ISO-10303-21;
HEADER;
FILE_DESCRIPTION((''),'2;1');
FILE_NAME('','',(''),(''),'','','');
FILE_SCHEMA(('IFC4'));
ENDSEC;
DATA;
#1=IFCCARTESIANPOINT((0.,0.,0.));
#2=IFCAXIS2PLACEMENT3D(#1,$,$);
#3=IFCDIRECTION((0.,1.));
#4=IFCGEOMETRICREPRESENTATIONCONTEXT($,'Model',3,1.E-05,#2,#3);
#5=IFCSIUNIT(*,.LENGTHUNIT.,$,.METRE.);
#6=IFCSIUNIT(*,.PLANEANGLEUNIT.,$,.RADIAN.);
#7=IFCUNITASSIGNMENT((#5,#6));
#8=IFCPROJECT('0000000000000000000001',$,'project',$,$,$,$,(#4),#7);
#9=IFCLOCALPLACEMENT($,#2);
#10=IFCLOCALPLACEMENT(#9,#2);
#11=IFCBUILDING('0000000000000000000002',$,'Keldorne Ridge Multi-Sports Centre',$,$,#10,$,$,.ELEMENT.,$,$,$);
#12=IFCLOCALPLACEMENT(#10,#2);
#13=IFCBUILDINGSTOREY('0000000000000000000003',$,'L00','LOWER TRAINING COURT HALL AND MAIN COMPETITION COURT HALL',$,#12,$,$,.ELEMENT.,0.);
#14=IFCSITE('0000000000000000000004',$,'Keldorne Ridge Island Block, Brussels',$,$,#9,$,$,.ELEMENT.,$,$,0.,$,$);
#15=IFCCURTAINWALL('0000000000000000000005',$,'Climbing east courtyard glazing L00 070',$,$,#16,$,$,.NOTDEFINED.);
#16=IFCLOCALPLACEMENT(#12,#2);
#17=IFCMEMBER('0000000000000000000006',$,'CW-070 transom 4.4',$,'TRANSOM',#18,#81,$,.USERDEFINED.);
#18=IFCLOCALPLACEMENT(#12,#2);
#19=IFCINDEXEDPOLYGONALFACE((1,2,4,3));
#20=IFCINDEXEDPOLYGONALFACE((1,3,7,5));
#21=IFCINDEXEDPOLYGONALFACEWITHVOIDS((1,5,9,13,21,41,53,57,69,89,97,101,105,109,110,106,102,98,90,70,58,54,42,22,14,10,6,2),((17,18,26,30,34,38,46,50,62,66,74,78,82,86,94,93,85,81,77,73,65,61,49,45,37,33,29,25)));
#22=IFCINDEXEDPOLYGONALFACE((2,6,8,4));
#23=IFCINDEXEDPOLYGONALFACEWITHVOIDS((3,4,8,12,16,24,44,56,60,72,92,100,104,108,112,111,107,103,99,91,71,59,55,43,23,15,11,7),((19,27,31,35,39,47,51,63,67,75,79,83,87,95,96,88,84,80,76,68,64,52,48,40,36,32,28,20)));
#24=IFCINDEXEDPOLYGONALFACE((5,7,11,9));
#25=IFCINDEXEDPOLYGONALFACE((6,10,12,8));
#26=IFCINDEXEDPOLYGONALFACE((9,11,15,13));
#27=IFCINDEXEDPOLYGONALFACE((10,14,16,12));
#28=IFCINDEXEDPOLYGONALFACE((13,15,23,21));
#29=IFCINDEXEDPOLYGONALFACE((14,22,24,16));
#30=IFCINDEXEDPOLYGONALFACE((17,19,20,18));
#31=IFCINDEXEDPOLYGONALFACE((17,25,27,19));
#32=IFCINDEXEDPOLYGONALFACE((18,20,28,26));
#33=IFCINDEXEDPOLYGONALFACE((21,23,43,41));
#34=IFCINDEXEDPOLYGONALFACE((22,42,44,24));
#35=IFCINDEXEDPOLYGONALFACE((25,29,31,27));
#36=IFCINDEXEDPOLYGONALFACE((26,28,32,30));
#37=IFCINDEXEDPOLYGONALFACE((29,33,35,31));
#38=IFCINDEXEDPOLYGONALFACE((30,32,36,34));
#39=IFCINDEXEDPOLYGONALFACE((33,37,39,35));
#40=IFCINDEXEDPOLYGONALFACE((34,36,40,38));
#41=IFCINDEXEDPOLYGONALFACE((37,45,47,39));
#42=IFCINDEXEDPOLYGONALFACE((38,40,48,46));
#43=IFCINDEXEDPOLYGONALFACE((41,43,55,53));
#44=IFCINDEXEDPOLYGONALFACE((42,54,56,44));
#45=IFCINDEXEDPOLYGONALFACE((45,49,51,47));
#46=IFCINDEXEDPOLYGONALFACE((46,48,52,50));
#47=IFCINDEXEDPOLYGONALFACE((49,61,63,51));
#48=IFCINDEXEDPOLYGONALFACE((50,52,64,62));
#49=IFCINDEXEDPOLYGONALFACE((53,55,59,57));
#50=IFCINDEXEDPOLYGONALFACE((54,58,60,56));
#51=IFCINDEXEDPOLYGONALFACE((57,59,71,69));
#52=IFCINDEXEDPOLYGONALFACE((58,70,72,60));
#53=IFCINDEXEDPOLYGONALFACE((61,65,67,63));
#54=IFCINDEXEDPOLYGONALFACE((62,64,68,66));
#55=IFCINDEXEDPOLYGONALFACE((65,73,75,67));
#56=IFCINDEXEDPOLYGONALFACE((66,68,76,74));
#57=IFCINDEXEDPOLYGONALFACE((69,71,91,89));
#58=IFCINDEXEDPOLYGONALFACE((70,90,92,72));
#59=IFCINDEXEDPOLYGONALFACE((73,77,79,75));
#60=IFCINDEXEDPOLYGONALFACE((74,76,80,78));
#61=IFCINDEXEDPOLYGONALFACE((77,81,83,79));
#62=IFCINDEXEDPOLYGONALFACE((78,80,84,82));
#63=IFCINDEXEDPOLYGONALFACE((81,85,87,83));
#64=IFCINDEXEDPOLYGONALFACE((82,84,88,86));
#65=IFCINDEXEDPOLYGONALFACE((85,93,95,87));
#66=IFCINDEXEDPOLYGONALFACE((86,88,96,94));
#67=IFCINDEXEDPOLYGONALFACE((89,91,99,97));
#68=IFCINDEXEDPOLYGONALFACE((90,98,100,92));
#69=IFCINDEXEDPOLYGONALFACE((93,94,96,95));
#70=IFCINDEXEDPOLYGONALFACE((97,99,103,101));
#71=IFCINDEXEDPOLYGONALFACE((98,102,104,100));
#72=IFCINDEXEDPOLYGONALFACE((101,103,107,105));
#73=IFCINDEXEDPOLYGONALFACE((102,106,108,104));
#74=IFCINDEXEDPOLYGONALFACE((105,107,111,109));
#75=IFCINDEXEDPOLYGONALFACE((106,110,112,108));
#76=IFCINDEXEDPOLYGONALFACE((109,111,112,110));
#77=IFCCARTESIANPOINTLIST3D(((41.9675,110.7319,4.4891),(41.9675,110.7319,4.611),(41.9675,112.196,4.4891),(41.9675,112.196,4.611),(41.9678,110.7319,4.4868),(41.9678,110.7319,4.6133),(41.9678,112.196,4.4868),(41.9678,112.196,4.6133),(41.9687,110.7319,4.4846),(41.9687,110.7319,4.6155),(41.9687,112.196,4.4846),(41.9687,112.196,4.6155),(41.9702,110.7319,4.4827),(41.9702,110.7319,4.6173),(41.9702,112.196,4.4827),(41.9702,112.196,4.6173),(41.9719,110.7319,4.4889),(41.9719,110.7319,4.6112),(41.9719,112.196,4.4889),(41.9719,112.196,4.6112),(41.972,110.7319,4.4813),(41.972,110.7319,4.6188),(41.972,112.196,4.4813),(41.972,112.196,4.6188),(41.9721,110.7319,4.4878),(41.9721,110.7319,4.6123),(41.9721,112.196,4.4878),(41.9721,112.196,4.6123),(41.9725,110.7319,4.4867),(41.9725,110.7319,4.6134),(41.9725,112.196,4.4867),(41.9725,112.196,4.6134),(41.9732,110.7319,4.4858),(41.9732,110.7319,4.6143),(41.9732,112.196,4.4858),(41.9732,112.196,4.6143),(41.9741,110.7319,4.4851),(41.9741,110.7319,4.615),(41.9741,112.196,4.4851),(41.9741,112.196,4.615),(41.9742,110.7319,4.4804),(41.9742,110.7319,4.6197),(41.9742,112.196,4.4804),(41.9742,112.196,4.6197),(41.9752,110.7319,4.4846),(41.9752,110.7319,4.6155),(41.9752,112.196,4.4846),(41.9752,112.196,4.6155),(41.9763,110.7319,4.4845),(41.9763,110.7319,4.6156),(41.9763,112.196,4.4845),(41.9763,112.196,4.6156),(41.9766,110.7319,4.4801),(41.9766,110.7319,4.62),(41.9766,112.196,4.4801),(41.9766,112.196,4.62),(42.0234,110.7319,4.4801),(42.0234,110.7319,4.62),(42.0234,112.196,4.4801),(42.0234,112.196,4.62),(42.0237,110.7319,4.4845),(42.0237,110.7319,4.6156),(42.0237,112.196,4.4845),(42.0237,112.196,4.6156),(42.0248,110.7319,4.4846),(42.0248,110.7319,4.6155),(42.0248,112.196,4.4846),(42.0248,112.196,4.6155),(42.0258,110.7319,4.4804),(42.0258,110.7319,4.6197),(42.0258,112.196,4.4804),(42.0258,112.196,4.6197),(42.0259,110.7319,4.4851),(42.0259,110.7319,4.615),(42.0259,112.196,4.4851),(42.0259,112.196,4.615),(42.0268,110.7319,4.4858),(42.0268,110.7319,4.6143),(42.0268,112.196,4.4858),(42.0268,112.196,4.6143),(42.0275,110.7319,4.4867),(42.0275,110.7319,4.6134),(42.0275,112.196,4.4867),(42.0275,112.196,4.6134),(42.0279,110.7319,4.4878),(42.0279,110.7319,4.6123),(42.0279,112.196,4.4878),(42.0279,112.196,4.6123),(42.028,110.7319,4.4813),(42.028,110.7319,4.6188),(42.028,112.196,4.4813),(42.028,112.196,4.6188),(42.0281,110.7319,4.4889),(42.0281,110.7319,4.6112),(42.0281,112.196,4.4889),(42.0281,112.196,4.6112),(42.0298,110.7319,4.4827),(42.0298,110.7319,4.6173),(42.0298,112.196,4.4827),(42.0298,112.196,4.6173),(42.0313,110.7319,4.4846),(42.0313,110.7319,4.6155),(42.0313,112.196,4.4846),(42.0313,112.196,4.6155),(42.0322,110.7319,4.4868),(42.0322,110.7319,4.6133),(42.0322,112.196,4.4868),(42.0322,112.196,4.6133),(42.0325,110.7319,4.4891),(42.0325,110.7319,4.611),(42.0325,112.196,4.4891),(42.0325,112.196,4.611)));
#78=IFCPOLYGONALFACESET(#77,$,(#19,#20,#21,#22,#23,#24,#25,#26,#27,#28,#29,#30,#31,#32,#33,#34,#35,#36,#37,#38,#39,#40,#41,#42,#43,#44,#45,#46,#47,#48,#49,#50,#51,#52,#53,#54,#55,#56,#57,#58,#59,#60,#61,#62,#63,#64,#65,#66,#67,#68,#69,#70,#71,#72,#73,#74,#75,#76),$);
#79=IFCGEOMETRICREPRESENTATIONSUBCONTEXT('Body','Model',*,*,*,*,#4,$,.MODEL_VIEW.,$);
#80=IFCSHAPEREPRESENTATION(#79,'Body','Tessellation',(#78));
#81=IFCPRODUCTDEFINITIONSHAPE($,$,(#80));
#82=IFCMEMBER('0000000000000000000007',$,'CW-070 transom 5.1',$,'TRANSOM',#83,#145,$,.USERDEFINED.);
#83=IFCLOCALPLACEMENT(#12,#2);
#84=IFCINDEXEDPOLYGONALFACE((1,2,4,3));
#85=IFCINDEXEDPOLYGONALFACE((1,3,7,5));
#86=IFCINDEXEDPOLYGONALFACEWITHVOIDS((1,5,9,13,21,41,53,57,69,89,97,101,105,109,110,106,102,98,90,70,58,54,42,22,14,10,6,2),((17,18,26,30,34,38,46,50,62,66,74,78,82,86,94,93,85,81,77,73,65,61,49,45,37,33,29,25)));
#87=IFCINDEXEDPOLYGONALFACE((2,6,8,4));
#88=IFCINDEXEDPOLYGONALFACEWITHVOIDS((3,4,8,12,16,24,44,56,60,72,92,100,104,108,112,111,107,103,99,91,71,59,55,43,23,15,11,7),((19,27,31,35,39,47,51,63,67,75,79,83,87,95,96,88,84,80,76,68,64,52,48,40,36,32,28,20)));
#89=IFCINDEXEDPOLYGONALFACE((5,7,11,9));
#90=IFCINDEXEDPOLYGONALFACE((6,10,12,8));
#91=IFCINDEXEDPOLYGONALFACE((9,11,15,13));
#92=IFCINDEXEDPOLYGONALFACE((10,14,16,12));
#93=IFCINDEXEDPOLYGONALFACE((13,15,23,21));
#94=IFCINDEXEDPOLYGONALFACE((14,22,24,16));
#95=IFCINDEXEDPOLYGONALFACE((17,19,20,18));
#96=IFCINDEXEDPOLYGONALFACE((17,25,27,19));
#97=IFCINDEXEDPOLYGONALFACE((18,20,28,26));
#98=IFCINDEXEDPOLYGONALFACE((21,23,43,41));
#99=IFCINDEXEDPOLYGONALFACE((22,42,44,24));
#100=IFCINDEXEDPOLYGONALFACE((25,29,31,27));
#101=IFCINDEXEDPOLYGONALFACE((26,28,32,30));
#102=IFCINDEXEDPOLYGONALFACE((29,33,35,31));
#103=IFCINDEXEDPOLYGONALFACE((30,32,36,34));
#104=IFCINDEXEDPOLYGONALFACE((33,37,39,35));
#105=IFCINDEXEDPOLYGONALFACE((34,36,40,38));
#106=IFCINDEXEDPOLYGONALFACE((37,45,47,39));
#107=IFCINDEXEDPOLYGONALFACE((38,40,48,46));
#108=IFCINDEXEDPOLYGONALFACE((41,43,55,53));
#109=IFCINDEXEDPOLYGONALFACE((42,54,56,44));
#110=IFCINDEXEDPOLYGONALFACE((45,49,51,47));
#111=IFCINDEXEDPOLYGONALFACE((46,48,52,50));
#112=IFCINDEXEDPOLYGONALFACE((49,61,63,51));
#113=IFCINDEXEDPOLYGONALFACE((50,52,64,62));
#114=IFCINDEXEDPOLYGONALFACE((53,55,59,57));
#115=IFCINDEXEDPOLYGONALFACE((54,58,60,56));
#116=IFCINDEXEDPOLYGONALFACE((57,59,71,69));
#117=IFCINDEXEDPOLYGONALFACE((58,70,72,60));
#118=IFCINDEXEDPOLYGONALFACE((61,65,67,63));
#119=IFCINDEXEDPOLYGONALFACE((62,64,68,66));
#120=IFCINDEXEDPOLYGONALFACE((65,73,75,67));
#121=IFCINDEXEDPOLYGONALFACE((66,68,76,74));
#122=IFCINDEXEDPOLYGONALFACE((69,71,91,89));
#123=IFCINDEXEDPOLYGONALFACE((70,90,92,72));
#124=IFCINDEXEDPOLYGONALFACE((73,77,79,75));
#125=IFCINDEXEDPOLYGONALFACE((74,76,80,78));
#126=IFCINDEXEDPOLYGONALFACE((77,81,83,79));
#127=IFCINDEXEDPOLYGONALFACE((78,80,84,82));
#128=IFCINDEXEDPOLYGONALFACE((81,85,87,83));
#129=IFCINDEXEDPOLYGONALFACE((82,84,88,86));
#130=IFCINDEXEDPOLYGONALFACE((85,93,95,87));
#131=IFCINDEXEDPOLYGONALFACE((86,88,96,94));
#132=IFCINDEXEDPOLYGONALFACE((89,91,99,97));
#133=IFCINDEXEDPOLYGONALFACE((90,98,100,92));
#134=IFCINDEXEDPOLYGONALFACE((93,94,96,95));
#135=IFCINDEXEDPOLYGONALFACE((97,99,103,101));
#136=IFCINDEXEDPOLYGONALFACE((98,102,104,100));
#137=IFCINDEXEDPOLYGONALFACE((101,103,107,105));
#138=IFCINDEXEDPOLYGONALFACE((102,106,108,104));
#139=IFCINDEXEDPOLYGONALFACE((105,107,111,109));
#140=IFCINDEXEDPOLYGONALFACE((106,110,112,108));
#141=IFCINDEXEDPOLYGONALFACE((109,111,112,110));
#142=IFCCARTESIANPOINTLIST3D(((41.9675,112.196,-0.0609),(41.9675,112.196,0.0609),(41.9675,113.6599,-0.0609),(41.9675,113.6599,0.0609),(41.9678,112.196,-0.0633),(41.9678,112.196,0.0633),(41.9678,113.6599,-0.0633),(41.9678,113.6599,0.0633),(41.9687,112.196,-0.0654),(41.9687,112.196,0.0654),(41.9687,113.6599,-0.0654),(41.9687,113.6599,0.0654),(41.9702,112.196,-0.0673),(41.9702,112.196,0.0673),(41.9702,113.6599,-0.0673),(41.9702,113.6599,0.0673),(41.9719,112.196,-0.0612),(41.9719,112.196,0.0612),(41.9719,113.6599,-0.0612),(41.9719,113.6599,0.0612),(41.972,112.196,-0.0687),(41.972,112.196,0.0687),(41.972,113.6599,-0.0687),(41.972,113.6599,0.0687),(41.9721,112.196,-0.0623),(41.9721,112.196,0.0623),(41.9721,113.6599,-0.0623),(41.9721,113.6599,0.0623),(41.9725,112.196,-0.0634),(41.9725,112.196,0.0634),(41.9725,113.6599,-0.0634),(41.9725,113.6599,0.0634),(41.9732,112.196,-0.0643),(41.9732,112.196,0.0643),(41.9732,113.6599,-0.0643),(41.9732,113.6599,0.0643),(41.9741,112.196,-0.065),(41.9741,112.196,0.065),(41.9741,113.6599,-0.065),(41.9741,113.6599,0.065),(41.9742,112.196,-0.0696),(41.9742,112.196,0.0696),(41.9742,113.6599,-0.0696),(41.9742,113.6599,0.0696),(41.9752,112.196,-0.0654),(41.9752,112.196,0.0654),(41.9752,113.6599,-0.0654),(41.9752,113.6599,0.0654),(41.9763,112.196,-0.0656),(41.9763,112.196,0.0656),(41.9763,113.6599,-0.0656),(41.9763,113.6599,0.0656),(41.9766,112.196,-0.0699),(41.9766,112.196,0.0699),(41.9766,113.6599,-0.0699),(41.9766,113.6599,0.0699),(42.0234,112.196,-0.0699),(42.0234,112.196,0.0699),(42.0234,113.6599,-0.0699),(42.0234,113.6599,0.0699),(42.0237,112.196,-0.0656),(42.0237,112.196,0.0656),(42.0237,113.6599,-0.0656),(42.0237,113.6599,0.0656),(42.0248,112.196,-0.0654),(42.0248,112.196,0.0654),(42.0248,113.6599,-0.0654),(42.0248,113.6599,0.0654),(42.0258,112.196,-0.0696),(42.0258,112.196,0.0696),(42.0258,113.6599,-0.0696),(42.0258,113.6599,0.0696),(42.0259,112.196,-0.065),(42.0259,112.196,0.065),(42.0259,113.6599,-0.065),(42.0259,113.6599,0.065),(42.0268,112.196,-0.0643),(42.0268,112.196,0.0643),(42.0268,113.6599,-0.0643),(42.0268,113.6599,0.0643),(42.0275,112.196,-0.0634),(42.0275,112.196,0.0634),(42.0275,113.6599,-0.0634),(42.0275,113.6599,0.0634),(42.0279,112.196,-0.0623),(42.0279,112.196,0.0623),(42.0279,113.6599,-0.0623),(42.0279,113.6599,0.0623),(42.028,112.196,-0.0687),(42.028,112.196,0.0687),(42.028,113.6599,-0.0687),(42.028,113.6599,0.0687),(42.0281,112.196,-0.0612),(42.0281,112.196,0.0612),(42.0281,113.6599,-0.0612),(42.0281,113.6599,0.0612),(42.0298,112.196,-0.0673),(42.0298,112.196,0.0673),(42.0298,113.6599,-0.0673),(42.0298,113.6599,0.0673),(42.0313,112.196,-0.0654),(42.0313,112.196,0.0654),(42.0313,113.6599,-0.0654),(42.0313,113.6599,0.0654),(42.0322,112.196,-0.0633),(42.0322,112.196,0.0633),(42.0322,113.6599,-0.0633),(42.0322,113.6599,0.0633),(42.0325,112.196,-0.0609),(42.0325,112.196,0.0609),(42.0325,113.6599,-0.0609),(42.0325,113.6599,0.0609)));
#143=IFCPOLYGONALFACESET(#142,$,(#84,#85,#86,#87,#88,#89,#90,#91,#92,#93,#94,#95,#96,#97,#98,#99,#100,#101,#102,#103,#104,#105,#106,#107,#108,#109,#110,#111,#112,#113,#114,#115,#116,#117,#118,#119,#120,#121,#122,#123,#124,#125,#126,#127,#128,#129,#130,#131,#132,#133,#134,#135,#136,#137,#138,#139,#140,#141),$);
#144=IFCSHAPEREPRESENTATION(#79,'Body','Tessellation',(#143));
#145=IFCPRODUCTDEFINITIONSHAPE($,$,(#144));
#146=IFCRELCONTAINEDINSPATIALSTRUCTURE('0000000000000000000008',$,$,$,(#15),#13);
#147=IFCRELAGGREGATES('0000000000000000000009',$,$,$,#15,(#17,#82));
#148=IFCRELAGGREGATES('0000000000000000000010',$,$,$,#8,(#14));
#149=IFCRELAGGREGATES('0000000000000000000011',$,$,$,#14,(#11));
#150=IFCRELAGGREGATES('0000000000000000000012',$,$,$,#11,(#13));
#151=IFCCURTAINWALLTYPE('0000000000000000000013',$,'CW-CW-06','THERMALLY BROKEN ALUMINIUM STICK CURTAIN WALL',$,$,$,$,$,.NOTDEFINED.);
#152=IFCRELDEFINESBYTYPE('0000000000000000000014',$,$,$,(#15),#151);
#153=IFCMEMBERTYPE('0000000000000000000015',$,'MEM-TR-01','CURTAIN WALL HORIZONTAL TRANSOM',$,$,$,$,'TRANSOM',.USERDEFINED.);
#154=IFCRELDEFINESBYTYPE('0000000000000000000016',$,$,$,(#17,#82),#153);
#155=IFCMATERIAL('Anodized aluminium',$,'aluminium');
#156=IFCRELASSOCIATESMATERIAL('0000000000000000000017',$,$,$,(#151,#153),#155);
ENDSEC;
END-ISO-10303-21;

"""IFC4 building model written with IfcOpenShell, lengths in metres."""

from ifc_helpers import new_model, si_unit, direction, frame, origin, origin_2d, place, context, subcontext, project, spatial, hollow_rectangle, extrude, material, material_profile, profile_set, type_object, element, aggregate, save


model = new_model("IFC4")

# Units and contexts
model_context = context("Model", 3, precision=1e-05, world=origin(), true_north=direction((0.0, 1.0)))
body_context = subcontext(model_context, "Body", "Model", "MODEL_VIEW")
ifc_project = project(units=[si_unit("LENGTHUNIT", "METRE"), si_unit("PLANEANGLEUNIT", "RADIAN")], contexts=[model_context])

# Site, building, storey
site_placement = place(None, origin())
site = spatial("IfcSite", under=ifc_project, at=site_placement, Name="Keldorne Ridge Island Block, Brussels", CompositionType="ELEMENT", RefElevation=0.0)
building_placement = place(site_placement, origin())
building = spatial("IfcBuilding", under=site, at=building_placement, Name="Keldorne Ridge Multi-Sports Centre", CompositionType="ELEMENT")
storey_placement = place(building_placement, origin())
storey = spatial("IfcBuildingStorey", under=building, at=storey_placement, Name="L00", Description="LOWER TRAINING COURT HALL AND MAIN COMPETITION COURT HALL", CompositionType="ELEMENT", Elevation=0.0)

# Curtain wall
ifc_material_1 = material(Name="Anodized aluminium", Category="aluminium")
curtain_wall_type_1 = type_object("IfcCurtainWallType", Name="CW-CW-06", Description="THERMALLY BROKEN ALUMINIUM STICK CURTAIN WALL", PredefinedType="NOTDEFINED", material=ifc_material_1)
curtain_wall_1_placement = place(storey_placement, origin())
curtain_wall_1 = element("IfcCurtainWall", 1, at=curtain_wall_1_placement, inside=storey, type_object=curtain_wall_type_1, Name="Climbing east courtyard glazing L00 070", PredefinedType="NOTDEFINED")

# Members
ifc_material_profile_1 = material_profile(ifc_material_1, hollow_rectangle(XDim=0.0649, YDim=0.1399, WallThickness=0.0044, InnerFilletRadius=0.0044, OuterFilletRadius=0.009, at=origin_2d()), Name="ALU TRANSOM 140x65x4.5")
ifc_profile_set_1 = profile_set([ifc_material_profile_1], Name="Anodized aluminium")
member_type_1 = type_object("IfcMemberType", Name="MEM-TR-01", Description="CURTAIN WALL HORIZONTAL TRANSOM", ElementType="TRANSOM", PredefinedType="USERDEFINED", material=ifc_profile_set_1)
member_1_placement = place(storey_placement, frame((42.0, 110.7319, 4.55), z_axis=(0.0, 1.0, 0.0), x_axis=(-1.0, 0.0, 0.0)))
member_1 = element("IfcMember", 2, at=member_1_placement, type_object=member_type_1, Name="CW-070 transom 4.4", ObjectType="TRANSOM", PredefinedType="USERDEFINED", context=body_context, shape_type="SweptSolid", body=[
    extrude(hollow_rectangle(XDim=0.0649, YDim=0.1399, WallThickness=0.0044, InnerFilletRadius=0.0044, OuterFilletRadius=0.009, at=origin_2d()), origin(), (0.0, 0.0, 1.0), 1.4641),
])
member_2_placement = place(storey_placement, frame((42.0, 112.196, 0.0), z_axis=(0.0, 1.0, 0.0), x_axis=(-1.0, 0.0, 0.0)))
member_2 = element("IfcMember", 3, at=member_2_placement, type_object=member_type_1, Name="CW-070 transom 5.1", ObjectType="TRANSOM", PredefinedType="USERDEFINED", context=body_context, shape_type="SweptSolid", body=[
    extrude(hollow_rectangle(XDim=0.0649, YDim=0.1399, WallThickness=0.0044, InnerFilletRadius=0.0044, OuterFilletRadius=0.009, at=origin_2d()), origin(), (0.0, 0.0, 1.0), 1.4639),
])

aggregate(curtain_wall_1, [member_1, member_2])

save(model, "model.ifc")
